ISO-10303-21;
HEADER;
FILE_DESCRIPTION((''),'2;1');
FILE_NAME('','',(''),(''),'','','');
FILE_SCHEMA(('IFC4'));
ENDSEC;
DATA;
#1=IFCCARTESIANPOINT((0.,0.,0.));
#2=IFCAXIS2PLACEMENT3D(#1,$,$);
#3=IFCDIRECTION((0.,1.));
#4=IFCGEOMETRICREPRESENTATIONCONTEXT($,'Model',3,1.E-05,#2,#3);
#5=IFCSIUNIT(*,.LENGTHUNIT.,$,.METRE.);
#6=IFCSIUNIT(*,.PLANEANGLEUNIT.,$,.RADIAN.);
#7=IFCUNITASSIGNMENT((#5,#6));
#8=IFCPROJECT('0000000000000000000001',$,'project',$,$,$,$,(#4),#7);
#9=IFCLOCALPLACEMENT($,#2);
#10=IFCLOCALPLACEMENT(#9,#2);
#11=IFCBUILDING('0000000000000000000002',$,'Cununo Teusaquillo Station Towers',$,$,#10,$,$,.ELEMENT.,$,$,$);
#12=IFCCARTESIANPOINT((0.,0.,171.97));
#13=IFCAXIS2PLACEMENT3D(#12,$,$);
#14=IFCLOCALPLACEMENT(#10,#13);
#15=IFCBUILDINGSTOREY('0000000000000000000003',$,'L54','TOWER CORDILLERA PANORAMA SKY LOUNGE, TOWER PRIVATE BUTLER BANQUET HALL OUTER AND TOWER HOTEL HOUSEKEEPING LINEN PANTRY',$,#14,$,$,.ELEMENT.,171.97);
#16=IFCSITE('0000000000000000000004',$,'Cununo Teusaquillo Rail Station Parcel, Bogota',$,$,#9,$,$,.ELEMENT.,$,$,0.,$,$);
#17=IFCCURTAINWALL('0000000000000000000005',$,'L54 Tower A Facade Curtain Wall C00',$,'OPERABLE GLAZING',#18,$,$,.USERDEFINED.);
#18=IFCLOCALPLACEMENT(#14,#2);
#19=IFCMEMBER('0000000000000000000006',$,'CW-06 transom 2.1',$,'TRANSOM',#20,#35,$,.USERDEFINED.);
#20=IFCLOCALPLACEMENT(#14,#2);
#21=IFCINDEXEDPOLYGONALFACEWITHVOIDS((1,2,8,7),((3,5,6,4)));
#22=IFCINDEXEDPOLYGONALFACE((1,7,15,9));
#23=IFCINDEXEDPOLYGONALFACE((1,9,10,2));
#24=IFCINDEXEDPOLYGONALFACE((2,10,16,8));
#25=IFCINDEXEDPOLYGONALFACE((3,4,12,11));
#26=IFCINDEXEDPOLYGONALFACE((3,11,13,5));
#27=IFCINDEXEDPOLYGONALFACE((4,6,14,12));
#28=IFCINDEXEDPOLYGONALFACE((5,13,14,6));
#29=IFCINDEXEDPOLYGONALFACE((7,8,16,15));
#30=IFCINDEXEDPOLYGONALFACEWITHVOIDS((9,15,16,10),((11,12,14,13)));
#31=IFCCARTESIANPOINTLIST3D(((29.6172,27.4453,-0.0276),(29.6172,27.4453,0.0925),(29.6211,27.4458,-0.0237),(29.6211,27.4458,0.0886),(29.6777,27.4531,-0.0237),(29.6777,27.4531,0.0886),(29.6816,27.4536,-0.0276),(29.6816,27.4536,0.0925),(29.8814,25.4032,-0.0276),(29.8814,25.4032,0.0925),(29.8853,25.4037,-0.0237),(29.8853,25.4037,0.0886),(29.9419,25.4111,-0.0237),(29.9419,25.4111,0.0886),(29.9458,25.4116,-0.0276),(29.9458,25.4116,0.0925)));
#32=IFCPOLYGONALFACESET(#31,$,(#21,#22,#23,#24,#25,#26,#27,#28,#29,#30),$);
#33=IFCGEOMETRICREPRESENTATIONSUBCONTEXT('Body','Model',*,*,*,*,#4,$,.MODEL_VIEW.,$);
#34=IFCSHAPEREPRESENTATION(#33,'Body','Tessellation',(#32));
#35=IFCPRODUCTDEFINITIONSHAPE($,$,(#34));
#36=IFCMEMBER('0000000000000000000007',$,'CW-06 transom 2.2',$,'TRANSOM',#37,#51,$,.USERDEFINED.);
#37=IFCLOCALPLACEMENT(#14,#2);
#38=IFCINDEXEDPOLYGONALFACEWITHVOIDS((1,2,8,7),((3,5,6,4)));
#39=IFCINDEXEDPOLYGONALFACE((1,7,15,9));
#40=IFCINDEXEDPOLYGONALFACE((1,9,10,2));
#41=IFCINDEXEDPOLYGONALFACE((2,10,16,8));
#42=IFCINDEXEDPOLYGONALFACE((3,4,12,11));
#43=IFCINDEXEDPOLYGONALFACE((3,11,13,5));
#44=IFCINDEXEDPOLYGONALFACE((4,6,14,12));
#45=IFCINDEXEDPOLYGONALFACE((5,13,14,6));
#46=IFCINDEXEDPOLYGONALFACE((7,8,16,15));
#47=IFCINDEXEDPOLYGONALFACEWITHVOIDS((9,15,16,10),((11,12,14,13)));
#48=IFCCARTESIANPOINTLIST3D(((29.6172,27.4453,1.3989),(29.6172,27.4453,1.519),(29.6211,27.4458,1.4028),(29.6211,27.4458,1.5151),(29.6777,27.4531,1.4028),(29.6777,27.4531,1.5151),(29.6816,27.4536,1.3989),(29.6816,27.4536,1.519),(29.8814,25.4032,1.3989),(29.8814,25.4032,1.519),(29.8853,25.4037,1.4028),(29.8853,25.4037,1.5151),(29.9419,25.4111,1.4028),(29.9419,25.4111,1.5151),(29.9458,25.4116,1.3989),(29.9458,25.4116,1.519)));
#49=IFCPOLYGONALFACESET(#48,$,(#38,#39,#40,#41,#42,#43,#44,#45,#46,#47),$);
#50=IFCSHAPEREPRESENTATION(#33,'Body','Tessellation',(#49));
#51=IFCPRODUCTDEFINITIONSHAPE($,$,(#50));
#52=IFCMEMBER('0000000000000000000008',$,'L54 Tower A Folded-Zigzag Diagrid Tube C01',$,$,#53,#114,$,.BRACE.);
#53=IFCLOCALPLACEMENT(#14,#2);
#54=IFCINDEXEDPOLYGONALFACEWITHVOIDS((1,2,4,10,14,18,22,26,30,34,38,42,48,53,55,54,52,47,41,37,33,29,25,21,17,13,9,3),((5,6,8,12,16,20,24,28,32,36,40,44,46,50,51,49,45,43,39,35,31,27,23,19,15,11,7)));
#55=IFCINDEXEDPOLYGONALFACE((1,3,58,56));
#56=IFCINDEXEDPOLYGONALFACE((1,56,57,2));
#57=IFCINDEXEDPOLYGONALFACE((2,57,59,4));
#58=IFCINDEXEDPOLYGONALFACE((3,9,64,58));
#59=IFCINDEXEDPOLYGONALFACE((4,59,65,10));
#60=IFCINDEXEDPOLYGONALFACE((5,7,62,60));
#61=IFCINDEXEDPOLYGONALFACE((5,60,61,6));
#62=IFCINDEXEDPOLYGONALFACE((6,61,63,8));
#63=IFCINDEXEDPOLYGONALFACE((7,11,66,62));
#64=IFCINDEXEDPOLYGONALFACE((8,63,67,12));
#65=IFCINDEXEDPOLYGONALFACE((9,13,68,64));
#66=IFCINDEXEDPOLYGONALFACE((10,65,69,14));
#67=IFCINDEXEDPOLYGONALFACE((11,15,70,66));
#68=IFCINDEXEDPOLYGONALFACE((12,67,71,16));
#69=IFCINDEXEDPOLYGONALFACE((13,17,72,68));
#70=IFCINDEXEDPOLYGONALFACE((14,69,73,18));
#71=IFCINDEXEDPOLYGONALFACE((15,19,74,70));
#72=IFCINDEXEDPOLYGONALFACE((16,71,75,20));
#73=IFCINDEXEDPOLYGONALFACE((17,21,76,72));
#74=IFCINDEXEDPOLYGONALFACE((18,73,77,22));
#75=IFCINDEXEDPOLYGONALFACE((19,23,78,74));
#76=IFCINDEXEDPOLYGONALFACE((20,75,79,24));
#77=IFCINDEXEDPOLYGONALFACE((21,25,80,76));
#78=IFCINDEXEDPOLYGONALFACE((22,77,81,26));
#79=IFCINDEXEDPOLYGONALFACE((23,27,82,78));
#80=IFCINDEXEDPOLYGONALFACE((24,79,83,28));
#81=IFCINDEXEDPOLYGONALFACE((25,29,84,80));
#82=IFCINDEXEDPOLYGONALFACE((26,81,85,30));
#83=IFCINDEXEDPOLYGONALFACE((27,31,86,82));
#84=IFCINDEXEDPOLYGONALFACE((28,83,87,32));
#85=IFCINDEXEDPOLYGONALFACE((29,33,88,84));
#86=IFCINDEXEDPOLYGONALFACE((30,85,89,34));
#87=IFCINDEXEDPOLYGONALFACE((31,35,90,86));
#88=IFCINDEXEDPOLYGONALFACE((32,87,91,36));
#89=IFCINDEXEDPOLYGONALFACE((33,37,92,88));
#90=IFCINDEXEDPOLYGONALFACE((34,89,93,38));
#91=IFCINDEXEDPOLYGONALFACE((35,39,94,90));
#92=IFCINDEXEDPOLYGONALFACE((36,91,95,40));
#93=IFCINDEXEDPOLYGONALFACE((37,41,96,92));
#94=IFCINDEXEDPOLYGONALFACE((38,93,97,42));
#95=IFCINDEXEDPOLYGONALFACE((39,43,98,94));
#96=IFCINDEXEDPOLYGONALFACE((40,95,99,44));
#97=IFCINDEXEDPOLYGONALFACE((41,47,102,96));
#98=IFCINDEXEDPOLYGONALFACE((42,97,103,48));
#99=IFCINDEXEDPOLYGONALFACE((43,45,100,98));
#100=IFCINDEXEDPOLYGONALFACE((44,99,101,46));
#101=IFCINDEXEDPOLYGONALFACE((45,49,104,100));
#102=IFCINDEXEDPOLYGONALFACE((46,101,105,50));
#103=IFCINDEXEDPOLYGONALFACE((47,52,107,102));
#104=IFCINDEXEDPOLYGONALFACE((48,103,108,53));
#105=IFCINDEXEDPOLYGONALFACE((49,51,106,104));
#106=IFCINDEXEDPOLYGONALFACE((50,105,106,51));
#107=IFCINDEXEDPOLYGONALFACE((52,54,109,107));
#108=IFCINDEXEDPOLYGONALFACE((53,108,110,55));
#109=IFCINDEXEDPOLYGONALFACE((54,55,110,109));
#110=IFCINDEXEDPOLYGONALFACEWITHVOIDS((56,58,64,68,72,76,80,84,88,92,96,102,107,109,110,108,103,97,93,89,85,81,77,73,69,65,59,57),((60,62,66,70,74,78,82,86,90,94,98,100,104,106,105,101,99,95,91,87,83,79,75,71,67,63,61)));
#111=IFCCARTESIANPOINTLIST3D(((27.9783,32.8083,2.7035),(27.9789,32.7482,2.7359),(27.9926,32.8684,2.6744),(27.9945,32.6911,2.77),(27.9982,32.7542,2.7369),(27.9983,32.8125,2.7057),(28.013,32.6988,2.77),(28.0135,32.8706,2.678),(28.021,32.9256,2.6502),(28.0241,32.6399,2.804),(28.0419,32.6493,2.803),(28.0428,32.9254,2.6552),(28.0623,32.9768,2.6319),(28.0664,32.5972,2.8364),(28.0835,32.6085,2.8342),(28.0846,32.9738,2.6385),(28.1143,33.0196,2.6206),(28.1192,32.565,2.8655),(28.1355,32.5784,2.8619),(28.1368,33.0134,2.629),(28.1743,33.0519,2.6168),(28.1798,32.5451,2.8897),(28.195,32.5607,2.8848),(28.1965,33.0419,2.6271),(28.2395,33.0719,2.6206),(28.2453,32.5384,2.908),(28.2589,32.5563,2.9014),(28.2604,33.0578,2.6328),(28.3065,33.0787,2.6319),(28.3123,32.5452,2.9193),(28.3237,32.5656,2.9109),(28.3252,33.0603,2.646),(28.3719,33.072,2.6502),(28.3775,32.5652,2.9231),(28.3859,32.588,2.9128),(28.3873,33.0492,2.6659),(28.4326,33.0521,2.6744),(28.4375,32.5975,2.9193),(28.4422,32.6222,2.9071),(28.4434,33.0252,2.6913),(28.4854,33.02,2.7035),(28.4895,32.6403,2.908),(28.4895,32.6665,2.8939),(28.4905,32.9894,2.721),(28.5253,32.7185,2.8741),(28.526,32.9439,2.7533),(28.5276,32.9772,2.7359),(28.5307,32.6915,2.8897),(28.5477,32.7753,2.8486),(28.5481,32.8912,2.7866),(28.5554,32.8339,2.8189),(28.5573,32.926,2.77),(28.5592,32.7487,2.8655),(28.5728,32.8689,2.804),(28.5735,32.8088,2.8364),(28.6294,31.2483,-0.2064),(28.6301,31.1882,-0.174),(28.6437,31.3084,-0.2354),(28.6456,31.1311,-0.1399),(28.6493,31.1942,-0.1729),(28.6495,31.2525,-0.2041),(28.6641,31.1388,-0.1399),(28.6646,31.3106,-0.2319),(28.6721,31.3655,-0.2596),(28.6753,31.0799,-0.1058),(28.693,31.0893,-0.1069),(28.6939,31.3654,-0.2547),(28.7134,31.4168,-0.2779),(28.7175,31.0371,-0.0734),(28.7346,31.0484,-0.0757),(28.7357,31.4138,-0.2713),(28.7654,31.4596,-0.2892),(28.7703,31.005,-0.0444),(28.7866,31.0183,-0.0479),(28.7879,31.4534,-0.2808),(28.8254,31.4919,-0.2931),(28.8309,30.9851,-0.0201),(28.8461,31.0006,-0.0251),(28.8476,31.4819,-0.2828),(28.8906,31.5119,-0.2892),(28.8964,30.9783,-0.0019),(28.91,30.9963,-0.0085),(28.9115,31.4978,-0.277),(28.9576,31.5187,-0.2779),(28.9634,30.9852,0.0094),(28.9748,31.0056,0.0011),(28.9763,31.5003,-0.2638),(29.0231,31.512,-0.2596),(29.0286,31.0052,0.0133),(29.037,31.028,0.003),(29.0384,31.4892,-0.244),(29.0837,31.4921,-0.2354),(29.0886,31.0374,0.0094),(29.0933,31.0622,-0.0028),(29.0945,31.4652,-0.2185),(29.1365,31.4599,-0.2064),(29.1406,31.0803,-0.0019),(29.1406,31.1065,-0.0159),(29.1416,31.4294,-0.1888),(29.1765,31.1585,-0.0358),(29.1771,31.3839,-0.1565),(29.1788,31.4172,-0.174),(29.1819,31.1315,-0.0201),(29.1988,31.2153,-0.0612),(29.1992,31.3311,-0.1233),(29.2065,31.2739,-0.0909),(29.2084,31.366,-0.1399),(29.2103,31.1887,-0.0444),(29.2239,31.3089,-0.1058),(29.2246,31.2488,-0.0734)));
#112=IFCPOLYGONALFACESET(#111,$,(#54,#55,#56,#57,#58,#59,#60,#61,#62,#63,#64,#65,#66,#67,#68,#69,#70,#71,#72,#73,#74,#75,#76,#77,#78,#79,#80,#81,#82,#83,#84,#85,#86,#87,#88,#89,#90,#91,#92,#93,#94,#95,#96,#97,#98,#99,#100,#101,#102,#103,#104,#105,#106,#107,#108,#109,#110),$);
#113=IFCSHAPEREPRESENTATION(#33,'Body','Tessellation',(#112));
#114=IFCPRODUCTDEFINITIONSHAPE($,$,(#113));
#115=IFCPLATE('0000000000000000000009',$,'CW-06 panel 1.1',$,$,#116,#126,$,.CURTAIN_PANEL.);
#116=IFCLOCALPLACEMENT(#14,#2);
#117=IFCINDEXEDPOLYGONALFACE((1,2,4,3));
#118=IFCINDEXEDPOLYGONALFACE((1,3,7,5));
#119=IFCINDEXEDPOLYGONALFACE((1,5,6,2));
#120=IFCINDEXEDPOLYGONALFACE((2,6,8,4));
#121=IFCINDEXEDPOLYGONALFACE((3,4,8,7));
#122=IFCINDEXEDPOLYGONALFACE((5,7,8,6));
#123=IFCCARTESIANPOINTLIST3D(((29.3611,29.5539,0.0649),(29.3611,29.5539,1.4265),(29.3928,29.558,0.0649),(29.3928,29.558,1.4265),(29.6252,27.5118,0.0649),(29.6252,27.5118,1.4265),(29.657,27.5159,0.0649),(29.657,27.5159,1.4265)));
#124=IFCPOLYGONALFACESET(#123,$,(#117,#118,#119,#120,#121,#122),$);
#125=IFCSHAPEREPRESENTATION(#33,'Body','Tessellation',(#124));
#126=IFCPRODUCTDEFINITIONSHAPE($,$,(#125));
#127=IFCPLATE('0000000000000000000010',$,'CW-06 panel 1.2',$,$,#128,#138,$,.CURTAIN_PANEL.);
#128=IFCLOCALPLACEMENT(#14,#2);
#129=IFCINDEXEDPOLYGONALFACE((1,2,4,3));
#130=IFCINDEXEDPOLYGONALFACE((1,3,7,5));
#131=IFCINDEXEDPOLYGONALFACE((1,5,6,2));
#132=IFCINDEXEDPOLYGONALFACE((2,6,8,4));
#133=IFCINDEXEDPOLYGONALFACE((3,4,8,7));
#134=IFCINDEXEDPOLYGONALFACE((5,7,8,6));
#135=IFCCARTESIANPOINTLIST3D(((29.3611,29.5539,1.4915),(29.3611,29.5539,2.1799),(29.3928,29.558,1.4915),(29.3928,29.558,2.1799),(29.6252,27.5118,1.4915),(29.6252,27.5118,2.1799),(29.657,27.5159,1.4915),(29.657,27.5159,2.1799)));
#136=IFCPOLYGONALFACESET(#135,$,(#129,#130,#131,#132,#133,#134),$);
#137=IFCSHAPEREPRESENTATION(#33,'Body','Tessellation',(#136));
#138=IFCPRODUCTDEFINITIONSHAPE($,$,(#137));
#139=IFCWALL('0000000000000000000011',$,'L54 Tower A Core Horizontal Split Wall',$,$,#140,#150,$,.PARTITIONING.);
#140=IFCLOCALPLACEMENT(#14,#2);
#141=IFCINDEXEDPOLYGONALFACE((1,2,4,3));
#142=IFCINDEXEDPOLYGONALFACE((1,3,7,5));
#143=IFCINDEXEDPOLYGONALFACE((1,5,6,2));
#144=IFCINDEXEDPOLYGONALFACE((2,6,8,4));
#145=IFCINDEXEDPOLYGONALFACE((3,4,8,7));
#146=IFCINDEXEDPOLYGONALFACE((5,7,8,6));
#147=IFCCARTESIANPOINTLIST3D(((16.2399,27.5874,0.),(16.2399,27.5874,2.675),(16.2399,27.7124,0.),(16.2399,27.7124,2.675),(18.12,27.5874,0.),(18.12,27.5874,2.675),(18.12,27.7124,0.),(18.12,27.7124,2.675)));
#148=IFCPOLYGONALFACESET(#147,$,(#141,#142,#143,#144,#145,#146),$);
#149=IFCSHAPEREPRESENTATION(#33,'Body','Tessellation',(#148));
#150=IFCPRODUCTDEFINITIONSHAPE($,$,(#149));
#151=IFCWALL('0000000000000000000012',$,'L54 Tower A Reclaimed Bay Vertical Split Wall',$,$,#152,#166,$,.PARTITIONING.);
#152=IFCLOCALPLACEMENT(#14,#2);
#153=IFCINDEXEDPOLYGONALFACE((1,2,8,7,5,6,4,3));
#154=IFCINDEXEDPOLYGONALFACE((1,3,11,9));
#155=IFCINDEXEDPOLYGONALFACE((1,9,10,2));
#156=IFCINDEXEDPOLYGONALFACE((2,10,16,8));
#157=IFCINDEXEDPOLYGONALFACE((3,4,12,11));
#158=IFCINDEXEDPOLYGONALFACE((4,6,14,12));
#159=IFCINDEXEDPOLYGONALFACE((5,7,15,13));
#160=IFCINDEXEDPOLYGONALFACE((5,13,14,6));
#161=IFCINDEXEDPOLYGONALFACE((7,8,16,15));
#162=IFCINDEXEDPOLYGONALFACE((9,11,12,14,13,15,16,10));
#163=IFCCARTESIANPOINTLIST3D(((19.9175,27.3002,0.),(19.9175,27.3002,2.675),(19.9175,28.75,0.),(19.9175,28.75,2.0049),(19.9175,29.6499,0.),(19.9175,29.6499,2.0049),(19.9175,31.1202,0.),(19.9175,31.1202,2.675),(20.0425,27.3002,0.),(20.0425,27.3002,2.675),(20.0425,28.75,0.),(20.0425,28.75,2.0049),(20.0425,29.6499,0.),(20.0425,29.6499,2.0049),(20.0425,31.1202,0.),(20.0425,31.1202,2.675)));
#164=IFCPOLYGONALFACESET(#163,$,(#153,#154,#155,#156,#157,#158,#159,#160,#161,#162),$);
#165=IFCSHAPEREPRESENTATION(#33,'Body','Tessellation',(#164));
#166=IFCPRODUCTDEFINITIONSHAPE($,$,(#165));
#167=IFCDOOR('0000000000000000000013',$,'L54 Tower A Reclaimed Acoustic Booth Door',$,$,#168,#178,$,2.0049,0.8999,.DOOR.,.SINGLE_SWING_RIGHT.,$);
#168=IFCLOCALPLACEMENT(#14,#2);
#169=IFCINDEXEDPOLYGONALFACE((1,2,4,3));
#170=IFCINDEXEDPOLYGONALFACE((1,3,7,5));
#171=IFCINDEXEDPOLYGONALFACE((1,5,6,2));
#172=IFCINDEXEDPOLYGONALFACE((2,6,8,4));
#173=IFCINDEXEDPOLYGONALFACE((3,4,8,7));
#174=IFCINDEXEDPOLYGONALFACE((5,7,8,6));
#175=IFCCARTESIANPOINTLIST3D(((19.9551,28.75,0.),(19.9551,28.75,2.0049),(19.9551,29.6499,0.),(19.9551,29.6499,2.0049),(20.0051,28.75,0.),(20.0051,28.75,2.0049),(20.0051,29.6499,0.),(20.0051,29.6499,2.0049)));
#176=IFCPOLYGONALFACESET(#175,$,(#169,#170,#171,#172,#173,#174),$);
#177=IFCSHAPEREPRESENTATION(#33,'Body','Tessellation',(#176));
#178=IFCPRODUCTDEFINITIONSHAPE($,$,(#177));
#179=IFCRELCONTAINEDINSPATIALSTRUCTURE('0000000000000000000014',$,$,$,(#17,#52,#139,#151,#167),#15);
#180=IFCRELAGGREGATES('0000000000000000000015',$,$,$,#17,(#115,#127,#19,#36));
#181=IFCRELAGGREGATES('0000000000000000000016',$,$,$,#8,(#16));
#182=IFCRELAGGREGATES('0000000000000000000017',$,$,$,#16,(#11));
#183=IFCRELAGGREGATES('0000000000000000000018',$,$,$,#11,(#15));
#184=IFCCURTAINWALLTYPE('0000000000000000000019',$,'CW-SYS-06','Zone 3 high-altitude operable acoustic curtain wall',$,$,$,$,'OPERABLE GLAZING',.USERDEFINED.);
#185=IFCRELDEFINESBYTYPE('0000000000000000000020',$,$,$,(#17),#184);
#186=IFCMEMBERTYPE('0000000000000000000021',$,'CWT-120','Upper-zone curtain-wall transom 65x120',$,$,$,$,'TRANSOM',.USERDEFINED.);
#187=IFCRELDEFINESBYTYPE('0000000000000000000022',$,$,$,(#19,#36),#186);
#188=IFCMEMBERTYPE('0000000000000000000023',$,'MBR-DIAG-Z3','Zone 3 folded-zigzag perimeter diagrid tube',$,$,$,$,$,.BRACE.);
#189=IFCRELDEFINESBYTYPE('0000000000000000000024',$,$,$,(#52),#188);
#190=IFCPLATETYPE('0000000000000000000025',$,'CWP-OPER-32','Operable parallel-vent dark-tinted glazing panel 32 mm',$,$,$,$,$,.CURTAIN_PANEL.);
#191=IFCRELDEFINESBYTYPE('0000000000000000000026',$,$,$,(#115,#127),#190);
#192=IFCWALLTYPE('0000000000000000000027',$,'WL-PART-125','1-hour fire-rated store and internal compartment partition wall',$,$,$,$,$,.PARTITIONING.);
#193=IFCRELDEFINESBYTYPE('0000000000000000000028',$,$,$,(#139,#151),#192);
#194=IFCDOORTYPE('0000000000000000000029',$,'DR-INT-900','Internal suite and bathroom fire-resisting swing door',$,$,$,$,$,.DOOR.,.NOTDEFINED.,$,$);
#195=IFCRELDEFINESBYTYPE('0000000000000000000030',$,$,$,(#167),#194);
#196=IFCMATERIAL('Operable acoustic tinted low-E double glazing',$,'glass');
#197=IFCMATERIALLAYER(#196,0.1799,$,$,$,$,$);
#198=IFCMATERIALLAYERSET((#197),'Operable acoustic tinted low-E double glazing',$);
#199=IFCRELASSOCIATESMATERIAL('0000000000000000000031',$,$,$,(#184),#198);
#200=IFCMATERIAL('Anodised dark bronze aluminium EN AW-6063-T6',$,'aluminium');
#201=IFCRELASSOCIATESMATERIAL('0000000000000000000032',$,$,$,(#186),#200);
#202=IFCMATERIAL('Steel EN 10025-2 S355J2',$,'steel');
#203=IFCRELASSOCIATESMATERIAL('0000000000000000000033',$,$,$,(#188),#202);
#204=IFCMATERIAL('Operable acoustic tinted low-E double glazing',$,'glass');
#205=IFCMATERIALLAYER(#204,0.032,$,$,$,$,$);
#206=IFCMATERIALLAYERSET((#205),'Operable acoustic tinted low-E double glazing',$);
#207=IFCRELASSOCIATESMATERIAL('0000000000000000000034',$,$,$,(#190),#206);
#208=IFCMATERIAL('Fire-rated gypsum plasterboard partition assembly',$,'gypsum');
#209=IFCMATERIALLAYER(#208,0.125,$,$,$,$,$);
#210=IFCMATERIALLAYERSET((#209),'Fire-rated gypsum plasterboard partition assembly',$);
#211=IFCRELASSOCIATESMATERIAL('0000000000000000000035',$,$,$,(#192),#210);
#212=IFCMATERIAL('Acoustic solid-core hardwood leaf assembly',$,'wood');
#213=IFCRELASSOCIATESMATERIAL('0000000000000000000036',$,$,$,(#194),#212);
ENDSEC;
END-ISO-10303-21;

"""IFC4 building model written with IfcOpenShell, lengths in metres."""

from ifc_helpers import new_model, si_unit, direction, frame, frame_2d, origin, origin_2d, place, context, subcontext, project, spatial, rectangle, hollow_rectangle, hollow_circle, extrude, source, transform, mapped, material, layer, layer_set, material_profile, profile_set, type_object, element, fill, aggregate, save


model = new_model("IFC4")

# Units and contexts
model_context = context("Model", 3, precision=1e-05, world=origin(), true_north=direction((0.0, 1.0)))
body_context = subcontext(model_context, "Body", "Model", "MODEL_VIEW")
ifc_project = project(units=[si_unit("LENGTHUNIT", "METRE"), si_unit("PLANEANGLEUNIT", "RADIAN")], contexts=[model_context])

# Site, building, storey
site_placement = place(None, origin())
site = spatial("IfcSite", under=ifc_project, at=site_placement, Name="Cununo Teusaquillo Rail Station Parcel, Bogota", CompositionType="ELEMENT", RefElevation=0.0)
building_placement = place(site_placement, origin())
building = spatial("IfcBuilding", under=site, at=building_placement, Name="Cununo Teusaquillo Station Towers", CompositionType="ELEMENT")
storey_placement = place(building_placement, frame((0.0, 0.0, 171.97)))
storey = spatial("IfcBuildingStorey", under=building, at=storey_placement, Name="L54", Description="TOWER CORDILLERA PANORAMA SKY LOUNGE, TOWER PRIVATE BUTLER BANQUET HALL OUTER AND TOWER HOTEL HOUSEKEEPING LINEN PANTRY", CompositionType="ELEMENT", Elevation=171.97)

# Curtain wall, members
ifc_material_1 = material(Name="Operable acoustic tinted low-E double glazing", Category="glass")
ifc_layer_1 = layer(ifc_material_1, 0.1799)
ifc_layer_set_1 = layer_set([ifc_layer_1], Name="Operable acoustic tinted low-E double glazing")
curtain_wall_type = type_object("IfcCurtainWallType", Name="CW-SYS-06", Description="Zone 3 high-altitude operable acoustic curtain wall", ElementType="OPERABLE GLAZING", PredefinedType="USERDEFINED", material=ifc_layer_set_1)
curtain_wall_placement = place(storey_placement, origin())
curtain_wall = element("IfcCurtainWall", 1, at=curtain_wall_placement, inside=storey, type_object=curtain_wall_type, Name="L54 Tower A Facade Curtain Wall C00", ObjectType="OPERABLE GLAZING", PredefinedType="USERDEFINED")
ifc_material_2 = material(Name="Anodised dark bronze aluminium EN AW-6063-T6", Category="aluminium")
ifc_material_profile_1 = material_profile(ifc_material_2, hollow_rectangle(XDim=0.0649, YDim=0.1201, WallThickness=0.0039, at=origin_2d()), Name="CW-TRAN-65x120")
ifc_profile_set_1 = profile_set([ifc_material_profile_1], Name="Anodised dark bronze aluminium EN AW-6063-T6")
member_type_1 = type_object("IfcMemberType", Name="CWT-120", Description="Upper-zone curtain-wall transom 65x120", ElementType="TRANSOM", PredefinedType="USERDEFINED", material=ifc_profile_set_1)
member_1_placement = place(storey_placement, frame((29.6494, 27.4495, 0.0325), z_axis=(0.128295, -0.991736, 0.0), x_axis=(0.991736, 0.128295, 0.0)))
member_1 = element("IfcMember", 2, at=member_1_placement, type_object=member_type_1, Name="CW-06 transom 2.1", ObjectType="TRANSOM", PredefinedType="USERDEFINED", context=body_context, shape_type="SweptSolid", body=[
    extrude(hollow_rectangle(XDim=0.0649, YDim=0.1201, WallThickness=0.0039, at=origin_2d()), origin(), (0.0, 0.0, 1.0), 2.0591),
])
member_2_placement = place(storey_placement, frame((29.6494, 27.4495, 1.459), z_axis=(0.128295, -0.991736, 0.0), x_axis=(0.991736, 0.128295, 0.0)))
member_2 = element("IfcMember", 3, at=member_2_placement, type_object=member_type_1, Name="CW-06 transom 2.2", ObjectType="TRANSOM", PredefinedType="USERDEFINED", context=body_context, shape_type="SweptSolid", body=[
    extrude(hollow_rectangle(XDim=0.0649, YDim=0.1201, WallThickness=0.0039, at=origin_2d()), origin(), (0.0, 0.0, 1.0), 2.0591),
])

# Member
ifc_material_3 = material(Name="Steel EN 10025-2 S355J2", Category="steel")
ifc_material_profile_2 = material_profile(ifc_material_3, hollow_circle(Radius=0.3049, WallThickness=0.02, at=origin_2d()), Name="CHS 610x20")
ifc_profile_set_2 = profile_set([ifc_material_profile_2], Name="Steel EN 10025-2 S355J2")
member_type_2 = type_object("IfcMemberType", Name="MBR-DIAG-Z3", Description="Zone 3 folded-zigzag perimeter diagrid tube", PredefinedType="BRACE", material=ifc_profile_set_2)
member_3_placement = place(storey_placement, frame((28.927, 31.2485, -0.1399), z_axis=(-0.193481, 0.46357, 0.864678), x_axis=(-0.922846, -0.385169, 0.0)))
element("IfcMember", 4, at=member_3_placement, inside=storey, type_object=member_type_2, Name="L54 Tower A Folded-Zigzag Diagrid Tube C01", PredefinedType="BRACE", context=body_context, shape_type="SweptSolid", body=[
    extrude(hollow_circle(Radius=0.3049, WallThickness=0.02, at=origin_2d()), origin(), (0.0, 0.0, 1.0), 3.3652),
])

# Plates
ifc_material_4 = material(Name="Operable acoustic tinted low-E double glazing", Category="glass")
ifc_layer_2 = layer(ifc_material_4, 0.032)
ifc_layer_set_2 = layer_set([ifc_layer_2], Name="Operable acoustic tinted low-E double glazing")
plate_type = type_object("IfcPlateType", Name="CWP-OPER-32", Description="Operable parallel-vent dark-tinted glazing panel 32 mm", PredefinedType="CURTAIN_PANEL", material=ifc_layer_set_2)
shared_shape_1 = source(origin(), body_context, "Body", "SweptSolid", [
    extrude(rectangle(XDim=2.0591, YDim=0.032, at=origin_2d()), origin(), (0.0, 0.0, 1.0), 1.3616),
])
plate_1_placement = place(storey_placement, frame((29.509, 28.5349, 0.0649), z_axis=(0.0, 0.0, 1.0), x_axis=(0.128285, -0.991737, 0.0)))
plate_1 = element("IfcPlate", 5, at=plate_1_placement, type_object=plate_type, Name="CW-06 panel 1.1", PredefinedType="CURTAIN_PANEL", context=body_context, shape_type="MappedRepresentation", body=[
    mapped(shared_shape_1, transform((0.0, 0.0, 0.0), x_axis=(1.0, 0.0, 0.0), y_axis=(0.0, 1.0, 0.0), z_axis=(0.0, 0.0, 1.0), scale=1.0)),
])
shared_shape_2 = source(origin(), body_context, "Body", "SweptSolid", [
    extrude(rectangle(XDim=2.0591, YDim=0.032, at=origin_2d()), origin(), (0.0, 0.0, 1.0), 0.6885),
])
plate_2_placement = place(storey_placement, frame((29.509, 28.5349, 1.4915), z_axis=(0.0, 0.0, 1.0), x_axis=(0.128285, -0.991737, 0.0)))
plate_2 = element("IfcPlate", 6, at=plate_2_placement, type_object=plate_type, Name="CW-06 panel 1.2", PredefinedType="CURTAIN_PANEL", context=body_context, shape_type="MappedRepresentation", body=[
    mapped(shared_shape_2, transform((0.0, 0.0, 0.0), x_axis=(1.0, 0.0, 0.0), y_axis=(0.0, 1.0, 0.0), z_axis=(0.0, 0.0, 1.0), scale=1.0)),
])
aggregate(curtain_wall, [plate_1, plate_2, member_1, member_2])

# Wall
ifc_material_5 = material(Name="Fire-rated gypsum plasterboard partition assembly", Category="gypsum")
ifc_layer_3 = layer(ifc_material_5, 0.125)
ifc_layer_set_3 = layer_set([ifc_layer_3], Name="Fire-rated gypsum plasterboard partition assembly")
wall_type_1 = type_object("IfcWallType", Name="WL-PART-125", Description="1-hour fire-rated store and internal compartment partition wall", PredefinedType="PARTITIONING", material=ifc_layer_set_3)
wall_1_placement = place(storey_placement, frame((16.24, 27.6499, 0.0), z_axis=(0.0, 0.0, 1.0), x_axis=(1.0, 0.0, 0.0)))
element("IfcWall", 7, at=wall_1_placement, inside=storey, type_object=wall_type_1, Name="L54 Tower A Core Horizontal Split Wall", PredefinedType="PARTITIONING", context=body_context, shape_type="SweptSolid", body=[
    extrude(rectangle(XDim=1.8801, YDim=0.125, at=frame_2d((0.9399, 0.0))), origin(), (0.0, 0.0, 1.0), 2.675),
])

# Wall, opening, door
wall_2_placement = place(storey_placement, frame((19.98, 27.3, 0.0), z_axis=(0.0, 0.0, 1.0), x_axis=(0.0, 1.0, 0.0)))
wall_2 = element("IfcWall", 8, at=wall_2_placement, inside=storey, type_object=wall_type_1, Name="L54 Tower A Reclaimed Bay Vertical Split Wall", PredefinedType="PARTITIONING", context=body_context, shape_type="SweptSolid", body=[
    extrude(rectangle(XDim=3.8201, YDim=0.125, at=frame_2d((1.9102, 0.0))), origin(), (0.0, 0.0, 1.0), 2.675),
])
shared_shape_3 = source(origin(), body_context, "Body", "SweptSolid", [
    extrude(rectangle(XDim=0.8999, YDim=2.0049, at=frame_2d((0.45, 1.0024))), frame((0.0, 0.0725, 0.0), z_axis=(0.0, -1.0, 0.0), x_axis=(1.0, 0.0, 0.0)), (0.0, 0.0, 1.0), 0.145),
])
opening_1_placement = place(wall_2_placement, frame((1.45, 0.0, 0.0)))
opening_1 = element("IfcOpeningElement", 9, at=opening_1_placement, cuts=wall_2, PredefinedType="OPENING", context=body_context, shape_type="MappedRepresentation", body=[
    mapped(shared_shape_3, transform((0.0, 0.0, 0.0), x_axis=(1.0, 0.0, 0.0), y_axis=(0.0, 1.0, 0.0), z_axis=(0.0, 0.0, 1.0), scale=1.0)),
])
ifc_material_6 = material(Name="Acoustic solid-core hardwood leaf assembly", Category="wood")
door_type_1 = type_object("IfcDoorType", Name="DR-INT-900", Description="Internal suite and bathroom fire-resisting swing door", OperationType="NOTDEFINED", PredefinedType="DOOR", material=ifc_material_6)
shared_shape_4 = source(origin(), body_context, "Body", "SweptSolid", [
    extrude(rectangle(XDim=0.8999, YDim=2.0049, at=frame_2d((0.45, 1.0024))), frame((0.0, 0.0249, 0.0), z_axis=(0.0, -1.0, 0.0), x_axis=(1.0, 0.0, 0.0)), (0.0, 0.0, 1.0), 0.05),
])
door_1_placement = place(opening_1_placement, origin())
door_1 = element("IfcDoor", 10, at=door_1_placement, inside=storey, type_object=door_type_1, Name="L54 Tower A Reclaimed Acoustic Booth Door", OperationType="SINGLE_SWING_RIGHT", OverallHeight=2.0049, OverallWidth=0.8999, PredefinedType="DOOR", context=body_context, shape_type="MappedRepresentation", body=[
    mapped(shared_shape_4, transform((0.0, 0.0, 0.0), x_axis=(1.0, 0.0, 0.0), y_axis=(0.0, 1.0, 0.0), z_axis=(0.0, 0.0, 1.0), scale=1.0)),
])
fill(opening_1, door_1)

save(model, "model.ifc")
